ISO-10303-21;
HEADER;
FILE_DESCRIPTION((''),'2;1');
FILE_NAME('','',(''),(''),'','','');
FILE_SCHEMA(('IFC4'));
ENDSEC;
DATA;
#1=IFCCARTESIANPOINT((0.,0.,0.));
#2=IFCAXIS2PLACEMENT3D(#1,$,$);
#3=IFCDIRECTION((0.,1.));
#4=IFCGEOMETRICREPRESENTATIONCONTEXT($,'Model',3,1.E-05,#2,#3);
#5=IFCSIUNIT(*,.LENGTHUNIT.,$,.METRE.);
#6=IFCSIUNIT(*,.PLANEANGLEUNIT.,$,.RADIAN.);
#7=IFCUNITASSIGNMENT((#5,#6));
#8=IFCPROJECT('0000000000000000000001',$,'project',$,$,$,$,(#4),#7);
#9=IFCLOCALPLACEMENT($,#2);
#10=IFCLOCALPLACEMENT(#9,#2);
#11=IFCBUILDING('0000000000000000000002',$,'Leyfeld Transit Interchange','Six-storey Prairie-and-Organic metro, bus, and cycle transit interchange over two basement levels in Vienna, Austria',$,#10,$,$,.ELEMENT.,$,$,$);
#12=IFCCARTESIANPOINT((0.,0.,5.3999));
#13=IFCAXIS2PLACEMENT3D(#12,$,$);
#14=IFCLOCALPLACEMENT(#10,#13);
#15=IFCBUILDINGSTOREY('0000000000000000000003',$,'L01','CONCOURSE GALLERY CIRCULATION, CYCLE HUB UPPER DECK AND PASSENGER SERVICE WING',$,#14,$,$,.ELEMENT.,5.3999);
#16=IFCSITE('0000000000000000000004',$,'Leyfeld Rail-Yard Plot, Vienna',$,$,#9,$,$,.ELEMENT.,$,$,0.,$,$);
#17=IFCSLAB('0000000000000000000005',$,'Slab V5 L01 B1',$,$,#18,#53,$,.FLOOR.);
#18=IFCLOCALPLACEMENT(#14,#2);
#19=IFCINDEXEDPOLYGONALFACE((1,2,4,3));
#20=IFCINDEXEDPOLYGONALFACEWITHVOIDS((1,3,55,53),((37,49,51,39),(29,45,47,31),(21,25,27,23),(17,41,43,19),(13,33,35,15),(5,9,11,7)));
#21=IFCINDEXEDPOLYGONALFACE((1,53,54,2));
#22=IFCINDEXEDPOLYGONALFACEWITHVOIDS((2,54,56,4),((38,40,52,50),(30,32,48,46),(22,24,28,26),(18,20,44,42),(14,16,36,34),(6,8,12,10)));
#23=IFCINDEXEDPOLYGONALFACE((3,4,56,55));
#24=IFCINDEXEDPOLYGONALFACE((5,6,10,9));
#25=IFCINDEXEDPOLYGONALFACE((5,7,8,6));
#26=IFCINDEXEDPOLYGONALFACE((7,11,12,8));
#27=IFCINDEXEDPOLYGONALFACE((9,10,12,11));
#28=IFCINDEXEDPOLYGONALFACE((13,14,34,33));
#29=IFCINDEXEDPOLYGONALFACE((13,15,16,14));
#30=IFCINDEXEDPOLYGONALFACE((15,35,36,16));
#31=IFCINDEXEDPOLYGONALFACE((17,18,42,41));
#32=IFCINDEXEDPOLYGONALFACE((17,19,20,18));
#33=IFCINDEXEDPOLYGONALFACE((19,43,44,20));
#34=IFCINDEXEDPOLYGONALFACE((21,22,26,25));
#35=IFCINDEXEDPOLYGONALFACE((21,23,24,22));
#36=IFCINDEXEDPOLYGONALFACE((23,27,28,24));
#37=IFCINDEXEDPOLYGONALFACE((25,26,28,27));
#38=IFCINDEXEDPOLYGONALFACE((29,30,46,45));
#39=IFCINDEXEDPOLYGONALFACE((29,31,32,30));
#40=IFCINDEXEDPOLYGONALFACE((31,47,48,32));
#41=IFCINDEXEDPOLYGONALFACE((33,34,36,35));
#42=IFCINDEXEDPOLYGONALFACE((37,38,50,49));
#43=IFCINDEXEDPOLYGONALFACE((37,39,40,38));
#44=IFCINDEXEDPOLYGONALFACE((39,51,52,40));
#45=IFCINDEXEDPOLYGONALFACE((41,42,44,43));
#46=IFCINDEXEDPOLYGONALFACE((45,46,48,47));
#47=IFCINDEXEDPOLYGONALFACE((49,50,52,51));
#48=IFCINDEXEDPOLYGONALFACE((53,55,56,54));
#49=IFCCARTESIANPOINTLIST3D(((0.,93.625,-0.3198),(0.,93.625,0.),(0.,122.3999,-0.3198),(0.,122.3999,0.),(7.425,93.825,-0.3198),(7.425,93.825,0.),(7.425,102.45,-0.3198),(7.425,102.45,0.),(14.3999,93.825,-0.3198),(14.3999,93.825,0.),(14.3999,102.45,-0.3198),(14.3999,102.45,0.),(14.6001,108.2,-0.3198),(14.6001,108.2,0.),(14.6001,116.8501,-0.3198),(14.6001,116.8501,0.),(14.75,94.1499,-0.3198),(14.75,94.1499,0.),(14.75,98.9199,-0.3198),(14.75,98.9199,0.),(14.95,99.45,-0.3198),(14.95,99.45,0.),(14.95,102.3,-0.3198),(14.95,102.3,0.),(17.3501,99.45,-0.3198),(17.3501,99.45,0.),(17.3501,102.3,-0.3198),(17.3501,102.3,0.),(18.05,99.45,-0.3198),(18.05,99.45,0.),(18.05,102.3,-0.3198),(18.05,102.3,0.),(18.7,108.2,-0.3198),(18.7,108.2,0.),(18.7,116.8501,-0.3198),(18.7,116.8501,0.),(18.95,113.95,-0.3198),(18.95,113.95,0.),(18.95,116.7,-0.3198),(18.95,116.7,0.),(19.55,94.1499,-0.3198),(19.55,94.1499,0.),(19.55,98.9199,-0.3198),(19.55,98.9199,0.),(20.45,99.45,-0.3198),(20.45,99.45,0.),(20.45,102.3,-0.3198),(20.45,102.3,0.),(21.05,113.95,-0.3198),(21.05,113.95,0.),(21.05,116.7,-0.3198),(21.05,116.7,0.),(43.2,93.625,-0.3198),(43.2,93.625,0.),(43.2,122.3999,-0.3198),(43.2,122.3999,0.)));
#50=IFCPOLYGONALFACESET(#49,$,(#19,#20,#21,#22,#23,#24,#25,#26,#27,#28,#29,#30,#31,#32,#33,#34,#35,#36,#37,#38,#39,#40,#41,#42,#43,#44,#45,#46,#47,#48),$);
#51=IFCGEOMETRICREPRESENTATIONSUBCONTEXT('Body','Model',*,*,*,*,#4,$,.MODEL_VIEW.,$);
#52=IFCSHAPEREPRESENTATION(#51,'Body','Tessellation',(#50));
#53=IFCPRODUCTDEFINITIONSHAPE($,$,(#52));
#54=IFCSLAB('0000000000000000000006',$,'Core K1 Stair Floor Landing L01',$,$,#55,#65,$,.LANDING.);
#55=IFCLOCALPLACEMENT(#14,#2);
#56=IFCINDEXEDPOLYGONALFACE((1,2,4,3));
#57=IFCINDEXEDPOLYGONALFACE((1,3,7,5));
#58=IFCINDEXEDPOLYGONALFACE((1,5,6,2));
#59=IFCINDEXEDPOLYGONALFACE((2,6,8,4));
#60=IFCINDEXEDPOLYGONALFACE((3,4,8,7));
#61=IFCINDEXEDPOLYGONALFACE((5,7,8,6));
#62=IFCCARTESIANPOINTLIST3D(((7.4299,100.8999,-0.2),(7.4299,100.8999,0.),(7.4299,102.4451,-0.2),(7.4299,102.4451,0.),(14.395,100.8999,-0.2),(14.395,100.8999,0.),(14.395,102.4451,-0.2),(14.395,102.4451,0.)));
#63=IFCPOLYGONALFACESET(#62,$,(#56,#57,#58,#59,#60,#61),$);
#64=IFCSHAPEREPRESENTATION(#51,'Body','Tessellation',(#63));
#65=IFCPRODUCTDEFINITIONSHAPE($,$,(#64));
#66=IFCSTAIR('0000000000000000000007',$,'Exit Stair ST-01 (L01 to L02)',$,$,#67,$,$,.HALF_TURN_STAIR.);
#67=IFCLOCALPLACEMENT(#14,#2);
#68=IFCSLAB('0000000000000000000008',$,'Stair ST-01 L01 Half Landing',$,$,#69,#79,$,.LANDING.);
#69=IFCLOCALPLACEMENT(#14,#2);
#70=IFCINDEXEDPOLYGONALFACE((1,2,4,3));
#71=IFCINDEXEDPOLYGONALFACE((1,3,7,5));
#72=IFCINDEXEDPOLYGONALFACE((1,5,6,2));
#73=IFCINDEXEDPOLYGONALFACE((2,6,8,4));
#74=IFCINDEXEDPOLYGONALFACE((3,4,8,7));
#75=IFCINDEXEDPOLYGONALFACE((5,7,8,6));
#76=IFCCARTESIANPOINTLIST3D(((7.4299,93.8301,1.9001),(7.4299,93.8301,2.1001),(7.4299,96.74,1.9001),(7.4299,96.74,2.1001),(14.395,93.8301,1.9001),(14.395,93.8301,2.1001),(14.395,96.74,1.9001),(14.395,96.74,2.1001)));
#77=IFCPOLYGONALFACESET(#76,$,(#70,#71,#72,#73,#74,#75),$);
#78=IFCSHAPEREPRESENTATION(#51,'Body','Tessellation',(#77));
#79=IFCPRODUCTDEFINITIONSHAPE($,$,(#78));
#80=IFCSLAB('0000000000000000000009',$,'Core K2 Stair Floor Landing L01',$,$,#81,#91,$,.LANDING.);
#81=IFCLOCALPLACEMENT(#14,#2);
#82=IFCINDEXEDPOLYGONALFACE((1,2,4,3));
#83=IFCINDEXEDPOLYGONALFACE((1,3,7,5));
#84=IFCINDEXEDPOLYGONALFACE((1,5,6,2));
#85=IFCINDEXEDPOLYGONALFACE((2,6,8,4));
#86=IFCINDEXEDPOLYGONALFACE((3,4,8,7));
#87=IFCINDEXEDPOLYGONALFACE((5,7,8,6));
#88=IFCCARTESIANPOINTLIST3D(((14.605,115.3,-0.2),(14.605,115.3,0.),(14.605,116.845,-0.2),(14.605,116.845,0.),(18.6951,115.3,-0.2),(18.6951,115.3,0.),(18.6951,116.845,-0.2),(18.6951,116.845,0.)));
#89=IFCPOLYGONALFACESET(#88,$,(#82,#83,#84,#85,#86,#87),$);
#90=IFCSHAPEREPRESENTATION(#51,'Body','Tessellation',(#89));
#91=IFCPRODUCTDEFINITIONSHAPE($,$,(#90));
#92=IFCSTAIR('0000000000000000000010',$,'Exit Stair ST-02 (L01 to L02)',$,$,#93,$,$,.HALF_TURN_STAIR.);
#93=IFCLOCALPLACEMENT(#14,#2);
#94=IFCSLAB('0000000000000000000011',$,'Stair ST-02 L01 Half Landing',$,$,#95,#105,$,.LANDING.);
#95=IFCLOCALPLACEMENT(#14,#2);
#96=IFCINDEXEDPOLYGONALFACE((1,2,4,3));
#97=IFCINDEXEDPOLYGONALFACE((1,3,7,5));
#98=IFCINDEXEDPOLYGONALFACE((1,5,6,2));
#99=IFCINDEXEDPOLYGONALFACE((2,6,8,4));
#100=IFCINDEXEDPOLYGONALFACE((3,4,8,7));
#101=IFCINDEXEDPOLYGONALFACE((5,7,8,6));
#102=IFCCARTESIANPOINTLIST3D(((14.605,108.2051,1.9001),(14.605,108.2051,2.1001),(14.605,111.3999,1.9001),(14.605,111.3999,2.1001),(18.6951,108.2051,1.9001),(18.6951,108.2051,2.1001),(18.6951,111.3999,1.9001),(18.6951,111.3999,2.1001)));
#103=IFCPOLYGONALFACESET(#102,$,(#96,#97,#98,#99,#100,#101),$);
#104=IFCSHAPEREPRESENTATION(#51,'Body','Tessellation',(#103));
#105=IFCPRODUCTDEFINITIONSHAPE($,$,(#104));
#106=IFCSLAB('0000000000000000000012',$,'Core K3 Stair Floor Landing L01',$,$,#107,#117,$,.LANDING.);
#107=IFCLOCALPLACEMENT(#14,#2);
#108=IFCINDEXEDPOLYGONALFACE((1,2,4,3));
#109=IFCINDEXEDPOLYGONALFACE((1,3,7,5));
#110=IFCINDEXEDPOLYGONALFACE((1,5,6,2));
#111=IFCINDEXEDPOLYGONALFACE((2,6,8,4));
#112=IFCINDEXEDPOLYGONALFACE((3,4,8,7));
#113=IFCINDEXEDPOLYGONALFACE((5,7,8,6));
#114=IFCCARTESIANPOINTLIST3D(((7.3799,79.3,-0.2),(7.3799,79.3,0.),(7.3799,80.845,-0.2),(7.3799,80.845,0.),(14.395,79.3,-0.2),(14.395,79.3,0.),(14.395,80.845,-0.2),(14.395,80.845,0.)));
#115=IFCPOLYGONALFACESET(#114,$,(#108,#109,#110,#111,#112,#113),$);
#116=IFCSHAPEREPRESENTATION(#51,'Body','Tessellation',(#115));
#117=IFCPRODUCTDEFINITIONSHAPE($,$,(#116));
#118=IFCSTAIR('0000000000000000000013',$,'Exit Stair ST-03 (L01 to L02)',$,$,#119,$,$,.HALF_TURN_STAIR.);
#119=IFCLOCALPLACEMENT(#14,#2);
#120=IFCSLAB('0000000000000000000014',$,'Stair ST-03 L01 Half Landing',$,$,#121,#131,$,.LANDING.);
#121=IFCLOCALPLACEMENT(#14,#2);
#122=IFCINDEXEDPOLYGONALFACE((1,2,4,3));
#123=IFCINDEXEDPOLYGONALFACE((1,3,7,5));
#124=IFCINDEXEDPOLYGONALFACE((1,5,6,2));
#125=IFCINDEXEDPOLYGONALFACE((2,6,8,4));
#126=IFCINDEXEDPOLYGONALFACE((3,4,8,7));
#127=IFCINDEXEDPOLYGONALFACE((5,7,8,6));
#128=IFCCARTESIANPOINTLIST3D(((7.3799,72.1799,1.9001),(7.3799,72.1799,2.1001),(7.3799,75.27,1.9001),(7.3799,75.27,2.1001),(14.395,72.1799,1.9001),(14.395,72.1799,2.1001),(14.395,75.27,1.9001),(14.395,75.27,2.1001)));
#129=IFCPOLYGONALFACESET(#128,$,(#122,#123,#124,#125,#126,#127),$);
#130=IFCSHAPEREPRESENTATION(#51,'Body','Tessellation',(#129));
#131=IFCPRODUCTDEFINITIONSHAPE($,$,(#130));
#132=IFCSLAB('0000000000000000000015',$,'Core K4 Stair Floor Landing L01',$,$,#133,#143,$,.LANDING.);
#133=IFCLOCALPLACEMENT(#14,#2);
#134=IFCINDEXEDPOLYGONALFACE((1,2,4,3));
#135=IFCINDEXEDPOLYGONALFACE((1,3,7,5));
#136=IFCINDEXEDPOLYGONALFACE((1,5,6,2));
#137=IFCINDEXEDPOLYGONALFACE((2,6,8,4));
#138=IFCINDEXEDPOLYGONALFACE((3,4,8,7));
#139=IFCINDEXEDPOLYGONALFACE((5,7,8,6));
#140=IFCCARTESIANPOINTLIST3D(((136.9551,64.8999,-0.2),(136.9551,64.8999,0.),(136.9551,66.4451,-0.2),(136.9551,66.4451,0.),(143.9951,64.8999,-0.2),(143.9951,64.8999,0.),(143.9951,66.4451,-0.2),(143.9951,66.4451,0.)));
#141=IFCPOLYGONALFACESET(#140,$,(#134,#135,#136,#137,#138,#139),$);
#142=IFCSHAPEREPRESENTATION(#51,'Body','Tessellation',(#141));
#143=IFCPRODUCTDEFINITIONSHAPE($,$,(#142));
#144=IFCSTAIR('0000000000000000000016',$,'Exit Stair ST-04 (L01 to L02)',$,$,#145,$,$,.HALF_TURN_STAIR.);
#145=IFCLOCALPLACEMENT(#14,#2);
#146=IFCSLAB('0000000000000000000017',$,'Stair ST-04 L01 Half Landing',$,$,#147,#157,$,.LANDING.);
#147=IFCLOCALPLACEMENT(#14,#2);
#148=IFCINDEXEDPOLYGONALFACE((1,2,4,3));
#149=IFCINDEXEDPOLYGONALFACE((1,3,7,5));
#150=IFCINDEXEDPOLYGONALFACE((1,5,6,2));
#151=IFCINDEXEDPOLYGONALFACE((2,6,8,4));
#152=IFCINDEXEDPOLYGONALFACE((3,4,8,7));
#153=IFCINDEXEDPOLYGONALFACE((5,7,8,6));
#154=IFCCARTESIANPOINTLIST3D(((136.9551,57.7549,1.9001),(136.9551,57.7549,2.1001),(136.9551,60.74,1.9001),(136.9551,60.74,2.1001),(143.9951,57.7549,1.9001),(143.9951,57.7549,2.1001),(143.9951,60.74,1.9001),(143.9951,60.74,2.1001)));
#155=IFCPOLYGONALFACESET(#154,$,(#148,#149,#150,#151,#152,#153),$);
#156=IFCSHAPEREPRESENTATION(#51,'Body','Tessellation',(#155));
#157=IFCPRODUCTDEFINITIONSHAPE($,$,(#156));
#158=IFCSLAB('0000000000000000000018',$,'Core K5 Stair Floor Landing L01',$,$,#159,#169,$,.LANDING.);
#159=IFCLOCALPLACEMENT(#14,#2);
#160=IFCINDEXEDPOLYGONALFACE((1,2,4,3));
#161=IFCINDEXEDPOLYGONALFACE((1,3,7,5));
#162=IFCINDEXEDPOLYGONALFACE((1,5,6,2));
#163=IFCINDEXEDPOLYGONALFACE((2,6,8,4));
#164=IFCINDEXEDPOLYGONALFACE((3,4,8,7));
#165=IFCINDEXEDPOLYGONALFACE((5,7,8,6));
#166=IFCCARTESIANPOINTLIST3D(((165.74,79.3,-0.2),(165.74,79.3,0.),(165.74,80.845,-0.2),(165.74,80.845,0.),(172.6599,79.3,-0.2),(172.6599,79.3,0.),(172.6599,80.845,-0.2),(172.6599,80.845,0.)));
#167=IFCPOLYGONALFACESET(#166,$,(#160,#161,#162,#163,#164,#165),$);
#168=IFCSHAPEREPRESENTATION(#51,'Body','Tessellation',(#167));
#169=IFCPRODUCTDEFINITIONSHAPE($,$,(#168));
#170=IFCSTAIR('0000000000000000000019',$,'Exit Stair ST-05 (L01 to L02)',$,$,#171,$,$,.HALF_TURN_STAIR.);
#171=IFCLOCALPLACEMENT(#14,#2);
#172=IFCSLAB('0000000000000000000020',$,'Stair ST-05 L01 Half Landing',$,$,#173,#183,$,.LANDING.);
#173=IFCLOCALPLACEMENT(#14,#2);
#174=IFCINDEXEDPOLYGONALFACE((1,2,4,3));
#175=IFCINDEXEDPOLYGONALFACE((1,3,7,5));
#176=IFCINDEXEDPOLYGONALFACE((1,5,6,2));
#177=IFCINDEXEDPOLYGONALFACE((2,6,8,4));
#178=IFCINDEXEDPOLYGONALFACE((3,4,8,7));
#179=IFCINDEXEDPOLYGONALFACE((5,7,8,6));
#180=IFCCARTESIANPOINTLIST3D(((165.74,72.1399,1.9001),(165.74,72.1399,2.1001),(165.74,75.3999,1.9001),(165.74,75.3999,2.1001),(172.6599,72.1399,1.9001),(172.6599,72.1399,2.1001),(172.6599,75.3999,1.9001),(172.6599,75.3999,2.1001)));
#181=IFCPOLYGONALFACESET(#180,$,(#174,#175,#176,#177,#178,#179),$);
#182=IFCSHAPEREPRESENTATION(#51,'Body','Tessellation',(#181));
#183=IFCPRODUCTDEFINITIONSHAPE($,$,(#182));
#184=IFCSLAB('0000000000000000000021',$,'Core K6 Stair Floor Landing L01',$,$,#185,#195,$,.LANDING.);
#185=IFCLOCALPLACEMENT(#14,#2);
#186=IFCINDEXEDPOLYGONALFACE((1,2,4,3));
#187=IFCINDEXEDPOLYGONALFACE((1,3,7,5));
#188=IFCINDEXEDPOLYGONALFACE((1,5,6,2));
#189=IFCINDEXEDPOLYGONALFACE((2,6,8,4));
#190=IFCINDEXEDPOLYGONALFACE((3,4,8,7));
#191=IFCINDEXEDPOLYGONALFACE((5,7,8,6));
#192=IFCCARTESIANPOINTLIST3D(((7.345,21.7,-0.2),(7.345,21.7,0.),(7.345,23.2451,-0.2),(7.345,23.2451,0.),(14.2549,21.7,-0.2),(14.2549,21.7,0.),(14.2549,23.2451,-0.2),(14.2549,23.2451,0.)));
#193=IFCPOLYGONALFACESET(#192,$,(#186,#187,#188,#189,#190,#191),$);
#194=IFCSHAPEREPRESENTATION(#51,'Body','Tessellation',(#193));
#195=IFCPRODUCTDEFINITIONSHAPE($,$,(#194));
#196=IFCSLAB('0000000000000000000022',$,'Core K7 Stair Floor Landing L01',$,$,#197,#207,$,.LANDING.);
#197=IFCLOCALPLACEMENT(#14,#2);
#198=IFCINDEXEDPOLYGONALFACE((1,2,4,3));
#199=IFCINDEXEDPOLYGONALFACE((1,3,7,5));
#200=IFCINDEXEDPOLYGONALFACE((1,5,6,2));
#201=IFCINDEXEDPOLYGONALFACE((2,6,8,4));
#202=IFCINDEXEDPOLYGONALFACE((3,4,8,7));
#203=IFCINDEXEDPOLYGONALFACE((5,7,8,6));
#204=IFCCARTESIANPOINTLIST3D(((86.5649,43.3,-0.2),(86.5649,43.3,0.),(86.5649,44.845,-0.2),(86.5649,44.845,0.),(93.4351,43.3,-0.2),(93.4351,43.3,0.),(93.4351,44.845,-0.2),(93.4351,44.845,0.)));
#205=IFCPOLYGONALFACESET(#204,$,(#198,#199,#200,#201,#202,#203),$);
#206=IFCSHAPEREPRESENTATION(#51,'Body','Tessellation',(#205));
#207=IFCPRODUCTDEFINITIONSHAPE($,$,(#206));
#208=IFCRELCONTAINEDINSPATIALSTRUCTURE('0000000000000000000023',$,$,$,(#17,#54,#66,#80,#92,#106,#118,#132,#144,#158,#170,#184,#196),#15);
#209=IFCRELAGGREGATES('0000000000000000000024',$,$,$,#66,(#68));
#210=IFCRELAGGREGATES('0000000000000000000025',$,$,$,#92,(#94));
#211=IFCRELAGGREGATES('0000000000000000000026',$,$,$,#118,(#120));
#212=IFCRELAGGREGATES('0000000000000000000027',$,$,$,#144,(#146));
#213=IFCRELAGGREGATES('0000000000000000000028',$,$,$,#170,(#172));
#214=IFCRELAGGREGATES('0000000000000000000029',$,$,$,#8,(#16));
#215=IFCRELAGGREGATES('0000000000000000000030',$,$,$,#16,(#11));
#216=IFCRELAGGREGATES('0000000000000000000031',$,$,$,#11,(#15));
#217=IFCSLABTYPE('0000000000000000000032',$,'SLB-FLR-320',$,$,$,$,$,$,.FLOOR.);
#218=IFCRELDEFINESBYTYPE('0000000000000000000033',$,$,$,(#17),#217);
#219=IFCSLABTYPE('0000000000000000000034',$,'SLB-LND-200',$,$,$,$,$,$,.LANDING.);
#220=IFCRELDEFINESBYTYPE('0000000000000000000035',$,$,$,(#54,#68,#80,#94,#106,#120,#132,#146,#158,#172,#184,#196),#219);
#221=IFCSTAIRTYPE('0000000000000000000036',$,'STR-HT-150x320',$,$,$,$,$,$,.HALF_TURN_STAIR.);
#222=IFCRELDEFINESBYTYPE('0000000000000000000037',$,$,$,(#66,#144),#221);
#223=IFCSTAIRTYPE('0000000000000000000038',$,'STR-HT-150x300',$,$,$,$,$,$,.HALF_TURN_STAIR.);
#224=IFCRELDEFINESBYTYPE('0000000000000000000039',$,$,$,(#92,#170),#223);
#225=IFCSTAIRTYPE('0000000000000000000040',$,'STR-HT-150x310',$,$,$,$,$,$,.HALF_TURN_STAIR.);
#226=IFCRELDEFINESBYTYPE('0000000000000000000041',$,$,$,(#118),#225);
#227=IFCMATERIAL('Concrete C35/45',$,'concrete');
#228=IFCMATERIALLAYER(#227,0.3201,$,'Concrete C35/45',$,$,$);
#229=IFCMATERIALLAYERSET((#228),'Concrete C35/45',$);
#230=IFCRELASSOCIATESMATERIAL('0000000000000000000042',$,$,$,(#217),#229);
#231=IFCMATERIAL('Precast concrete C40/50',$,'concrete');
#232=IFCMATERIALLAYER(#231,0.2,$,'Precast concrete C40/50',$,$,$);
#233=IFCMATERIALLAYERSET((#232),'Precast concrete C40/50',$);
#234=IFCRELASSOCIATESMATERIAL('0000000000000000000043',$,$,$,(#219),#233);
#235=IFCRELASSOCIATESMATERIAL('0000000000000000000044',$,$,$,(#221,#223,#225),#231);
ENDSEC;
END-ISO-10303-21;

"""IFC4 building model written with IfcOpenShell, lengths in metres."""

from ifc_helpers import new_model, si_unit, direction, frame, origin, place, context, subcontext, project, spatial, polyline, outline, extrude, material, layer, layer_set, type_object, element, aggregate, save


model = new_model("IFC4")

# Units and contexts
model_context = context("Model", 3, precision=1e-05, world=origin(), true_north=direction((0.0, 1.0)))
body_context = subcontext(model_context, "Body", "Model", "MODEL_VIEW")
ifc_project = project(units=[si_unit("LENGTHUNIT", "METRE"), si_unit("PLANEANGLEUNIT", "RADIAN")], contexts=[model_context])

# Site, building, storey
site_placement = place(None, origin())
site = spatial("IfcSite", under=ifc_project, at=site_placement, Name="Leyfeld Rail-Yard Plot, Vienna", CompositionType="ELEMENT", RefElevation=0.0)
building_placement = place(site_placement, origin())
building = spatial("IfcBuilding", under=site, at=building_placement, Name="Leyfeld Transit Interchange", Description="Six-storey Prairie-and-Organic metro, bus, and cycle transit interchange over two basement levels in Vienna, Austria", CompositionType="ELEMENT")
storey_placement = place(building_placement, frame((0.0, 0.0, 5.3999)))
storey = spatial("IfcBuildingStorey", under=building, at=storey_placement, Name="L01", Description="CONCOURSE GALLERY CIRCULATION, CYCLE HUB UPPER DECK AND PASSENGER SERVICE WING", CompositionType="ELEMENT", Elevation=5.3999)

# Shared definitions
ifc_material_1 = material(Name="Concrete C35/45", Category="concrete")

# Slabs
ifc_layer_1 = layer(ifc_material_1, 0.3201, Name="Concrete C35/45")
ifc_layer_set_1 = layer_set([ifc_layer_1], Name="Concrete C35/45")
slab_type_1 = type_object("IfcSlabType", Name="SLB-FLR-320", PredefinedType="FLOOR", material=ifc_layer_set_1)
slab_1_placement = place(storey_placement, frame((0.0, 0.0, -0.3198)))
element("IfcSlab", 1, at=slab_1_placement, inside=storey, type_object=slab_type_1, Name="Slab V5 L01 B1", PredefinedType="FLOOR", context=body_context, shape_type="SweptSolid", body=[
    extrude(outline(polyline([(0.0, 122.3999), (0.0, 93.625), (43.2, 93.625), (43.2, 122.3999), (0.0, 122.3999)]), holes=[polyline([(7.425, 102.45), (14.3999, 102.45), (14.3999, 93.825), (7.425, 93.825), (7.425, 102.45)]), polyline([(19.55, 98.9199), (19.55, 94.1499), (14.75, 94.1499), (14.75, 98.9199), (19.55, 98.9199)]), polyline([(17.3501, 99.45), (14.95, 99.45), (14.95, 102.3), (17.3501, 102.3), (17.3501, 99.45)]), polyline([(18.05, 99.45), (18.05, 102.3), (20.45, 102.3), (20.45, 99.45), (18.05, 99.45)]), polyline([(14.6001, 116.8501), (18.7, 116.8501), (18.7, 108.2), (14.6001, 108.2), (14.6001, 116.8501)]), polyline([(21.05, 116.7), (21.05, 113.95), (18.95, 113.95), (18.95, 116.7), (21.05, 116.7)])]), origin(), (0.0, 0.0, 1.0), 0.3198),
])
ifc_material_2 = material(Name="Precast concrete C40/50", Category="concrete")
ifc_layer_2 = layer(ifc_material_2, 0.2, Name="Precast concrete C40/50")
ifc_layer_set_2 = layer_set([ifc_layer_2], Name="Precast concrete C40/50")
slab_type_2 = type_object("IfcSlabType", Name="SLB-LND-200", PredefinedType="LANDING", material=ifc_layer_set_2)
slab_2_placement = place(storey_placement, frame((0.0, 0.0, -0.2)))
element("IfcSlab", 2, at=slab_2_placement, inside=storey, type_object=slab_type_2, Name="Core K1 Stair Floor Landing L01", PredefinedType="LANDING", context=body_context, shape_type="SweptSolid", body=[
    extrude(outline(polyline([(7.4299, 100.8999), (14.395, 100.8999), (14.395, 102.4451), (7.4299, 102.4451), (7.4299, 100.8999)])), origin(), (0.0, 0.0, 1.0), 0.2),
])

# Stair, slab
stair_type_1 = type_object("IfcStairType", Name="STR-HT-150x320", PredefinedType="HALF_TURN_STAIR", material=ifc_material_2)
stair_1_placement = place(storey_placement, origin())
stair_1 = element("IfcStair", 3, at=stair_1_placement, inside=storey, type_object=stair_type_1, Name="Exit Stair ST-01 (L01 to L02)", PredefinedType="HALF_TURN_STAIR")
slab_3_placement = place(storey_placement, frame((0.0, 0.0, 1.9001)))
slab_3 = element("IfcSlab", 4, at=slab_3_placement, type_object=slab_type_2, Name="Stair ST-01 L01 Half Landing", PredefinedType="LANDING", context=body_context, shape_type="SweptSolid", body=[
    extrude(outline(polyline([(7.4299, 93.8301), (14.395, 93.8301), (14.395, 96.74), (7.4299, 96.74), (7.4299, 93.8301)])), origin(), (0.0, 0.0, 1.0), 0.2),
])
aggregate(stair_1, [slab_3])

# Slab
slab_4_placement = place(storey_placement, frame((0.0, 0.0, -0.2)))
element("IfcSlab", 5, at=slab_4_placement, inside=storey, type_object=slab_type_2, Name="Core K2 Stair Floor Landing L01", PredefinedType="LANDING", context=body_context, shape_type="SweptSolid", body=[
    extrude(outline(polyline([(14.605, 115.3), (18.6951, 115.3), (18.6951, 116.845), (14.605, 116.845), (14.605, 115.3)])), origin(), (0.0, 0.0, 1.0), 0.2),
])

# Stair, slab
stair_type_2 = type_object("IfcStairType", Name="STR-HT-150x300", PredefinedType="HALF_TURN_STAIR", material=ifc_material_2)
stair_2_placement = place(storey_placement, origin())
stair_2 = element("IfcStair", 6, at=stair_2_placement, inside=storey, type_object=stair_type_2, Name="Exit Stair ST-02 (L01 to L02)", PredefinedType="HALF_TURN_STAIR")
slab_5_placement = place(storey_placement, frame((0.0, 0.0, 1.9001)))
slab_5 = element("IfcSlab", 7, at=slab_5_placement, type_object=slab_type_2, Name="Stair ST-02 L01 Half Landing", PredefinedType="LANDING", context=body_context, shape_type="SweptSolid", body=[
    extrude(outline(polyline([(14.605, 108.2051), (18.6951, 108.2051), (18.6951, 111.3999), (14.605, 111.3999), (14.605, 108.2051)])), origin(), (0.0, 0.0, 1.0), 0.2),
])
aggregate(stair_2, [slab_5])

# Slab
slab_6_placement = place(storey_placement, frame((0.0, 0.0, -0.2)))
element("IfcSlab", 8, at=slab_6_placement, inside=storey, type_object=slab_type_2, Name="Core K3 Stair Floor Landing L01", PredefinedType="LANDING", context=body_context, shape_type="SweptSolid", body=[
    extrude(outline(polyline([(7.3799, 79.3), (14.395, 79.3), (14.395, 80.845), (7.3799, 80.845), (7.3799, 79.3)])), origin(), (0.0, 0.0, 1.0), 0.2),
])

# Stair, slab
stair_type_3 = type_object("IfcStairType", Name="STR-HT-150x310", PredefinedType="HALF_TURN_STAIR", material=ifc_material_2)
stair_3_placement = place(storey_placement, origin())
stair_3 = element("IfcStair", 9, at=stair_3_placement, inside=storey, type_object=stair_type_3, Name="Exit Stair ST-03 (L01 to L02)", PredefinedType="HALF_TURN_STAIR")
slab_7_placement = place(storey_placement, frame((0.0, 0.0, 1.9001)))
slab_7 = element("IfcSlab", 10, at=slab_7_placement, type_object=slab_type_2, Name="Stair ST-03 L01 Half Landing", PredefinedType="LANDING", context=body_context, shape_type="SweptSolid", body=[
    extrude(outline(polyline([(7.3799, 72.1799), (14.395, 72.1799), (14.395, 75.27), (7.3799, 75.27), (7.3799, 72.1799)])), origin(), (0.0, 0.0, 1.0), 0.2),
])
aggregate(stair_3, [slab_7])

# Slab
slab_8_placement = place(storey_placement, frame((0.0, 0.0, -0.2)))
element("IfcSlab", 11, at=slab_8_placement, inside=storey, type_object=slab_type_2, Name="Core K4 Stair Floor Landing L01", PredefinedType="LANDING", context=body_context, shape_type="SweptSolid", body=[
    extrude(outline(polyline([(136.9551, 64.8999), (143.9951, 64.8999), (143.9951, 66.4451), (136.9551, 66.4451), (136.9551, 64.8999)])), origin(), (0.0, 0.0, 1.0), 0.2),
])

# Stair, slab
stair_4_placement = place(storey_placement, origin())
stair_4 = element("IfcStair", 12, at=stair_4_placement, inside=storey, type_object=stair_type_1, Name="Exit Stair ST-04 (L01 to L02)", PredefinedType="HALF_TURN_STAIR")
slab_9_placement = place(storey_placement, frame((0.0, 0.0, 1.9001)))
slab_9 = element("IfcSlab", 13, at=slab_9_placement, type_object=slab_type_2, Name="Stair ST-04 L01 Half Landing", PredefinedType="LANDING", context=body_context, shape_type="SweptSolid", body=[
    extrude(outline(polyline([(136.9551, 57.7549), (143.9951, 57.7549), (143.9951, 60.74), (136.9551, 60.74), (136.9551, 57.7549)])), origin(), (0.0, 0.0, 1.0), 0.2),
])
aggregate(stair_4, [slab_9])

# Slab
slab_10_placement = place(storey_placement, frame((0.0, 0.0, -0.2)))
element("IfcSlab", 14, at=slab_10_placement, inside=storey, type_object=slab_type_2, Name="Core K5 Stair Floor Landing L01", PredefinedType="LANDING", context=body_context, shape_type="SweptSolid", body=[
    extrude(outline(polyline([(165.74, 79.3), (172.6599, 79.3), (172.6599, 80.845), (165.74, 80.845), (165.74, 79.3)])), origin(), (0.0, 0.0, 1.0), 0.2),
])

# Stair, slab
stair_5_placement = place(storey_placement, origin())
stair_5 = element("IfcStair", 15, at=stair_5_placement, inside=storey, type_object=stair_type_2, Name="Exit Stair ST-05 (L01 to L02)", PredefinedType="HALF_TURN_STAIR")
slab_11_placement = place(storey_placement, frame((0.0, 0.0, 1.9001)))
slab_11 = element("IfcSlab", 16, at=slab_11_placement, type_object=slab_type_2, Name="Stair ST-05 L01 Half Landing", PredefinedType="LANDING", context=body_context, shape_type="SweptSolid", body=[
    extrude(outline(polyline([(165.74, 72.1399), (172.6599, 72.1399), (172.6599, 75.3999), (165.74, 75.3999), (165.74, 72.1399)])), origin(), (0.0, 0.0, 1.0), 0.2),
])
aggregate(stair_5, [slab_11])

# Slabs
slab_12_placement = place(storey_placement, frame((0.0, 0.0, -0.2)))
element("IfcSlab", 17, at=slab_12_placement, inside=storey, type_object=slab_type_2, Name="Core K6 Stair Floor Landing L01", PredefinedType="LANDING", context=body_context, shape_type="SweptSolid", body=[
    extrude(outline(polyline([(7.345, 21.7), (14.2549, 21.7), (14.2549, 23.2451), (7.345, 23.2451), (7.345, 21.7)])), origin(), (0.0, 0.0, 1.0), 0.2),
])
slab_13_placement = place(storey_placement, frame((0.0, 0.0, -0.2)))
element("IfcSlab", 18, at=slab_13_placement, inside=storey, type_object=slab_type_2, Name="Core K7 Stair Floor Landing L01", PredefinedType="LANDING", context=body_context, shape_type="SweptSolid", body=[
    extrude(outline(polyline([(86.5649, 43.3), (93.4351, 43.3), (93.4351, 44.845), (86.5649, 44.845), (86.5649, 43.3)])), origin(), (0.0, 0.0, 1.0), 0.2),
])

save(model, "model.ifc")
